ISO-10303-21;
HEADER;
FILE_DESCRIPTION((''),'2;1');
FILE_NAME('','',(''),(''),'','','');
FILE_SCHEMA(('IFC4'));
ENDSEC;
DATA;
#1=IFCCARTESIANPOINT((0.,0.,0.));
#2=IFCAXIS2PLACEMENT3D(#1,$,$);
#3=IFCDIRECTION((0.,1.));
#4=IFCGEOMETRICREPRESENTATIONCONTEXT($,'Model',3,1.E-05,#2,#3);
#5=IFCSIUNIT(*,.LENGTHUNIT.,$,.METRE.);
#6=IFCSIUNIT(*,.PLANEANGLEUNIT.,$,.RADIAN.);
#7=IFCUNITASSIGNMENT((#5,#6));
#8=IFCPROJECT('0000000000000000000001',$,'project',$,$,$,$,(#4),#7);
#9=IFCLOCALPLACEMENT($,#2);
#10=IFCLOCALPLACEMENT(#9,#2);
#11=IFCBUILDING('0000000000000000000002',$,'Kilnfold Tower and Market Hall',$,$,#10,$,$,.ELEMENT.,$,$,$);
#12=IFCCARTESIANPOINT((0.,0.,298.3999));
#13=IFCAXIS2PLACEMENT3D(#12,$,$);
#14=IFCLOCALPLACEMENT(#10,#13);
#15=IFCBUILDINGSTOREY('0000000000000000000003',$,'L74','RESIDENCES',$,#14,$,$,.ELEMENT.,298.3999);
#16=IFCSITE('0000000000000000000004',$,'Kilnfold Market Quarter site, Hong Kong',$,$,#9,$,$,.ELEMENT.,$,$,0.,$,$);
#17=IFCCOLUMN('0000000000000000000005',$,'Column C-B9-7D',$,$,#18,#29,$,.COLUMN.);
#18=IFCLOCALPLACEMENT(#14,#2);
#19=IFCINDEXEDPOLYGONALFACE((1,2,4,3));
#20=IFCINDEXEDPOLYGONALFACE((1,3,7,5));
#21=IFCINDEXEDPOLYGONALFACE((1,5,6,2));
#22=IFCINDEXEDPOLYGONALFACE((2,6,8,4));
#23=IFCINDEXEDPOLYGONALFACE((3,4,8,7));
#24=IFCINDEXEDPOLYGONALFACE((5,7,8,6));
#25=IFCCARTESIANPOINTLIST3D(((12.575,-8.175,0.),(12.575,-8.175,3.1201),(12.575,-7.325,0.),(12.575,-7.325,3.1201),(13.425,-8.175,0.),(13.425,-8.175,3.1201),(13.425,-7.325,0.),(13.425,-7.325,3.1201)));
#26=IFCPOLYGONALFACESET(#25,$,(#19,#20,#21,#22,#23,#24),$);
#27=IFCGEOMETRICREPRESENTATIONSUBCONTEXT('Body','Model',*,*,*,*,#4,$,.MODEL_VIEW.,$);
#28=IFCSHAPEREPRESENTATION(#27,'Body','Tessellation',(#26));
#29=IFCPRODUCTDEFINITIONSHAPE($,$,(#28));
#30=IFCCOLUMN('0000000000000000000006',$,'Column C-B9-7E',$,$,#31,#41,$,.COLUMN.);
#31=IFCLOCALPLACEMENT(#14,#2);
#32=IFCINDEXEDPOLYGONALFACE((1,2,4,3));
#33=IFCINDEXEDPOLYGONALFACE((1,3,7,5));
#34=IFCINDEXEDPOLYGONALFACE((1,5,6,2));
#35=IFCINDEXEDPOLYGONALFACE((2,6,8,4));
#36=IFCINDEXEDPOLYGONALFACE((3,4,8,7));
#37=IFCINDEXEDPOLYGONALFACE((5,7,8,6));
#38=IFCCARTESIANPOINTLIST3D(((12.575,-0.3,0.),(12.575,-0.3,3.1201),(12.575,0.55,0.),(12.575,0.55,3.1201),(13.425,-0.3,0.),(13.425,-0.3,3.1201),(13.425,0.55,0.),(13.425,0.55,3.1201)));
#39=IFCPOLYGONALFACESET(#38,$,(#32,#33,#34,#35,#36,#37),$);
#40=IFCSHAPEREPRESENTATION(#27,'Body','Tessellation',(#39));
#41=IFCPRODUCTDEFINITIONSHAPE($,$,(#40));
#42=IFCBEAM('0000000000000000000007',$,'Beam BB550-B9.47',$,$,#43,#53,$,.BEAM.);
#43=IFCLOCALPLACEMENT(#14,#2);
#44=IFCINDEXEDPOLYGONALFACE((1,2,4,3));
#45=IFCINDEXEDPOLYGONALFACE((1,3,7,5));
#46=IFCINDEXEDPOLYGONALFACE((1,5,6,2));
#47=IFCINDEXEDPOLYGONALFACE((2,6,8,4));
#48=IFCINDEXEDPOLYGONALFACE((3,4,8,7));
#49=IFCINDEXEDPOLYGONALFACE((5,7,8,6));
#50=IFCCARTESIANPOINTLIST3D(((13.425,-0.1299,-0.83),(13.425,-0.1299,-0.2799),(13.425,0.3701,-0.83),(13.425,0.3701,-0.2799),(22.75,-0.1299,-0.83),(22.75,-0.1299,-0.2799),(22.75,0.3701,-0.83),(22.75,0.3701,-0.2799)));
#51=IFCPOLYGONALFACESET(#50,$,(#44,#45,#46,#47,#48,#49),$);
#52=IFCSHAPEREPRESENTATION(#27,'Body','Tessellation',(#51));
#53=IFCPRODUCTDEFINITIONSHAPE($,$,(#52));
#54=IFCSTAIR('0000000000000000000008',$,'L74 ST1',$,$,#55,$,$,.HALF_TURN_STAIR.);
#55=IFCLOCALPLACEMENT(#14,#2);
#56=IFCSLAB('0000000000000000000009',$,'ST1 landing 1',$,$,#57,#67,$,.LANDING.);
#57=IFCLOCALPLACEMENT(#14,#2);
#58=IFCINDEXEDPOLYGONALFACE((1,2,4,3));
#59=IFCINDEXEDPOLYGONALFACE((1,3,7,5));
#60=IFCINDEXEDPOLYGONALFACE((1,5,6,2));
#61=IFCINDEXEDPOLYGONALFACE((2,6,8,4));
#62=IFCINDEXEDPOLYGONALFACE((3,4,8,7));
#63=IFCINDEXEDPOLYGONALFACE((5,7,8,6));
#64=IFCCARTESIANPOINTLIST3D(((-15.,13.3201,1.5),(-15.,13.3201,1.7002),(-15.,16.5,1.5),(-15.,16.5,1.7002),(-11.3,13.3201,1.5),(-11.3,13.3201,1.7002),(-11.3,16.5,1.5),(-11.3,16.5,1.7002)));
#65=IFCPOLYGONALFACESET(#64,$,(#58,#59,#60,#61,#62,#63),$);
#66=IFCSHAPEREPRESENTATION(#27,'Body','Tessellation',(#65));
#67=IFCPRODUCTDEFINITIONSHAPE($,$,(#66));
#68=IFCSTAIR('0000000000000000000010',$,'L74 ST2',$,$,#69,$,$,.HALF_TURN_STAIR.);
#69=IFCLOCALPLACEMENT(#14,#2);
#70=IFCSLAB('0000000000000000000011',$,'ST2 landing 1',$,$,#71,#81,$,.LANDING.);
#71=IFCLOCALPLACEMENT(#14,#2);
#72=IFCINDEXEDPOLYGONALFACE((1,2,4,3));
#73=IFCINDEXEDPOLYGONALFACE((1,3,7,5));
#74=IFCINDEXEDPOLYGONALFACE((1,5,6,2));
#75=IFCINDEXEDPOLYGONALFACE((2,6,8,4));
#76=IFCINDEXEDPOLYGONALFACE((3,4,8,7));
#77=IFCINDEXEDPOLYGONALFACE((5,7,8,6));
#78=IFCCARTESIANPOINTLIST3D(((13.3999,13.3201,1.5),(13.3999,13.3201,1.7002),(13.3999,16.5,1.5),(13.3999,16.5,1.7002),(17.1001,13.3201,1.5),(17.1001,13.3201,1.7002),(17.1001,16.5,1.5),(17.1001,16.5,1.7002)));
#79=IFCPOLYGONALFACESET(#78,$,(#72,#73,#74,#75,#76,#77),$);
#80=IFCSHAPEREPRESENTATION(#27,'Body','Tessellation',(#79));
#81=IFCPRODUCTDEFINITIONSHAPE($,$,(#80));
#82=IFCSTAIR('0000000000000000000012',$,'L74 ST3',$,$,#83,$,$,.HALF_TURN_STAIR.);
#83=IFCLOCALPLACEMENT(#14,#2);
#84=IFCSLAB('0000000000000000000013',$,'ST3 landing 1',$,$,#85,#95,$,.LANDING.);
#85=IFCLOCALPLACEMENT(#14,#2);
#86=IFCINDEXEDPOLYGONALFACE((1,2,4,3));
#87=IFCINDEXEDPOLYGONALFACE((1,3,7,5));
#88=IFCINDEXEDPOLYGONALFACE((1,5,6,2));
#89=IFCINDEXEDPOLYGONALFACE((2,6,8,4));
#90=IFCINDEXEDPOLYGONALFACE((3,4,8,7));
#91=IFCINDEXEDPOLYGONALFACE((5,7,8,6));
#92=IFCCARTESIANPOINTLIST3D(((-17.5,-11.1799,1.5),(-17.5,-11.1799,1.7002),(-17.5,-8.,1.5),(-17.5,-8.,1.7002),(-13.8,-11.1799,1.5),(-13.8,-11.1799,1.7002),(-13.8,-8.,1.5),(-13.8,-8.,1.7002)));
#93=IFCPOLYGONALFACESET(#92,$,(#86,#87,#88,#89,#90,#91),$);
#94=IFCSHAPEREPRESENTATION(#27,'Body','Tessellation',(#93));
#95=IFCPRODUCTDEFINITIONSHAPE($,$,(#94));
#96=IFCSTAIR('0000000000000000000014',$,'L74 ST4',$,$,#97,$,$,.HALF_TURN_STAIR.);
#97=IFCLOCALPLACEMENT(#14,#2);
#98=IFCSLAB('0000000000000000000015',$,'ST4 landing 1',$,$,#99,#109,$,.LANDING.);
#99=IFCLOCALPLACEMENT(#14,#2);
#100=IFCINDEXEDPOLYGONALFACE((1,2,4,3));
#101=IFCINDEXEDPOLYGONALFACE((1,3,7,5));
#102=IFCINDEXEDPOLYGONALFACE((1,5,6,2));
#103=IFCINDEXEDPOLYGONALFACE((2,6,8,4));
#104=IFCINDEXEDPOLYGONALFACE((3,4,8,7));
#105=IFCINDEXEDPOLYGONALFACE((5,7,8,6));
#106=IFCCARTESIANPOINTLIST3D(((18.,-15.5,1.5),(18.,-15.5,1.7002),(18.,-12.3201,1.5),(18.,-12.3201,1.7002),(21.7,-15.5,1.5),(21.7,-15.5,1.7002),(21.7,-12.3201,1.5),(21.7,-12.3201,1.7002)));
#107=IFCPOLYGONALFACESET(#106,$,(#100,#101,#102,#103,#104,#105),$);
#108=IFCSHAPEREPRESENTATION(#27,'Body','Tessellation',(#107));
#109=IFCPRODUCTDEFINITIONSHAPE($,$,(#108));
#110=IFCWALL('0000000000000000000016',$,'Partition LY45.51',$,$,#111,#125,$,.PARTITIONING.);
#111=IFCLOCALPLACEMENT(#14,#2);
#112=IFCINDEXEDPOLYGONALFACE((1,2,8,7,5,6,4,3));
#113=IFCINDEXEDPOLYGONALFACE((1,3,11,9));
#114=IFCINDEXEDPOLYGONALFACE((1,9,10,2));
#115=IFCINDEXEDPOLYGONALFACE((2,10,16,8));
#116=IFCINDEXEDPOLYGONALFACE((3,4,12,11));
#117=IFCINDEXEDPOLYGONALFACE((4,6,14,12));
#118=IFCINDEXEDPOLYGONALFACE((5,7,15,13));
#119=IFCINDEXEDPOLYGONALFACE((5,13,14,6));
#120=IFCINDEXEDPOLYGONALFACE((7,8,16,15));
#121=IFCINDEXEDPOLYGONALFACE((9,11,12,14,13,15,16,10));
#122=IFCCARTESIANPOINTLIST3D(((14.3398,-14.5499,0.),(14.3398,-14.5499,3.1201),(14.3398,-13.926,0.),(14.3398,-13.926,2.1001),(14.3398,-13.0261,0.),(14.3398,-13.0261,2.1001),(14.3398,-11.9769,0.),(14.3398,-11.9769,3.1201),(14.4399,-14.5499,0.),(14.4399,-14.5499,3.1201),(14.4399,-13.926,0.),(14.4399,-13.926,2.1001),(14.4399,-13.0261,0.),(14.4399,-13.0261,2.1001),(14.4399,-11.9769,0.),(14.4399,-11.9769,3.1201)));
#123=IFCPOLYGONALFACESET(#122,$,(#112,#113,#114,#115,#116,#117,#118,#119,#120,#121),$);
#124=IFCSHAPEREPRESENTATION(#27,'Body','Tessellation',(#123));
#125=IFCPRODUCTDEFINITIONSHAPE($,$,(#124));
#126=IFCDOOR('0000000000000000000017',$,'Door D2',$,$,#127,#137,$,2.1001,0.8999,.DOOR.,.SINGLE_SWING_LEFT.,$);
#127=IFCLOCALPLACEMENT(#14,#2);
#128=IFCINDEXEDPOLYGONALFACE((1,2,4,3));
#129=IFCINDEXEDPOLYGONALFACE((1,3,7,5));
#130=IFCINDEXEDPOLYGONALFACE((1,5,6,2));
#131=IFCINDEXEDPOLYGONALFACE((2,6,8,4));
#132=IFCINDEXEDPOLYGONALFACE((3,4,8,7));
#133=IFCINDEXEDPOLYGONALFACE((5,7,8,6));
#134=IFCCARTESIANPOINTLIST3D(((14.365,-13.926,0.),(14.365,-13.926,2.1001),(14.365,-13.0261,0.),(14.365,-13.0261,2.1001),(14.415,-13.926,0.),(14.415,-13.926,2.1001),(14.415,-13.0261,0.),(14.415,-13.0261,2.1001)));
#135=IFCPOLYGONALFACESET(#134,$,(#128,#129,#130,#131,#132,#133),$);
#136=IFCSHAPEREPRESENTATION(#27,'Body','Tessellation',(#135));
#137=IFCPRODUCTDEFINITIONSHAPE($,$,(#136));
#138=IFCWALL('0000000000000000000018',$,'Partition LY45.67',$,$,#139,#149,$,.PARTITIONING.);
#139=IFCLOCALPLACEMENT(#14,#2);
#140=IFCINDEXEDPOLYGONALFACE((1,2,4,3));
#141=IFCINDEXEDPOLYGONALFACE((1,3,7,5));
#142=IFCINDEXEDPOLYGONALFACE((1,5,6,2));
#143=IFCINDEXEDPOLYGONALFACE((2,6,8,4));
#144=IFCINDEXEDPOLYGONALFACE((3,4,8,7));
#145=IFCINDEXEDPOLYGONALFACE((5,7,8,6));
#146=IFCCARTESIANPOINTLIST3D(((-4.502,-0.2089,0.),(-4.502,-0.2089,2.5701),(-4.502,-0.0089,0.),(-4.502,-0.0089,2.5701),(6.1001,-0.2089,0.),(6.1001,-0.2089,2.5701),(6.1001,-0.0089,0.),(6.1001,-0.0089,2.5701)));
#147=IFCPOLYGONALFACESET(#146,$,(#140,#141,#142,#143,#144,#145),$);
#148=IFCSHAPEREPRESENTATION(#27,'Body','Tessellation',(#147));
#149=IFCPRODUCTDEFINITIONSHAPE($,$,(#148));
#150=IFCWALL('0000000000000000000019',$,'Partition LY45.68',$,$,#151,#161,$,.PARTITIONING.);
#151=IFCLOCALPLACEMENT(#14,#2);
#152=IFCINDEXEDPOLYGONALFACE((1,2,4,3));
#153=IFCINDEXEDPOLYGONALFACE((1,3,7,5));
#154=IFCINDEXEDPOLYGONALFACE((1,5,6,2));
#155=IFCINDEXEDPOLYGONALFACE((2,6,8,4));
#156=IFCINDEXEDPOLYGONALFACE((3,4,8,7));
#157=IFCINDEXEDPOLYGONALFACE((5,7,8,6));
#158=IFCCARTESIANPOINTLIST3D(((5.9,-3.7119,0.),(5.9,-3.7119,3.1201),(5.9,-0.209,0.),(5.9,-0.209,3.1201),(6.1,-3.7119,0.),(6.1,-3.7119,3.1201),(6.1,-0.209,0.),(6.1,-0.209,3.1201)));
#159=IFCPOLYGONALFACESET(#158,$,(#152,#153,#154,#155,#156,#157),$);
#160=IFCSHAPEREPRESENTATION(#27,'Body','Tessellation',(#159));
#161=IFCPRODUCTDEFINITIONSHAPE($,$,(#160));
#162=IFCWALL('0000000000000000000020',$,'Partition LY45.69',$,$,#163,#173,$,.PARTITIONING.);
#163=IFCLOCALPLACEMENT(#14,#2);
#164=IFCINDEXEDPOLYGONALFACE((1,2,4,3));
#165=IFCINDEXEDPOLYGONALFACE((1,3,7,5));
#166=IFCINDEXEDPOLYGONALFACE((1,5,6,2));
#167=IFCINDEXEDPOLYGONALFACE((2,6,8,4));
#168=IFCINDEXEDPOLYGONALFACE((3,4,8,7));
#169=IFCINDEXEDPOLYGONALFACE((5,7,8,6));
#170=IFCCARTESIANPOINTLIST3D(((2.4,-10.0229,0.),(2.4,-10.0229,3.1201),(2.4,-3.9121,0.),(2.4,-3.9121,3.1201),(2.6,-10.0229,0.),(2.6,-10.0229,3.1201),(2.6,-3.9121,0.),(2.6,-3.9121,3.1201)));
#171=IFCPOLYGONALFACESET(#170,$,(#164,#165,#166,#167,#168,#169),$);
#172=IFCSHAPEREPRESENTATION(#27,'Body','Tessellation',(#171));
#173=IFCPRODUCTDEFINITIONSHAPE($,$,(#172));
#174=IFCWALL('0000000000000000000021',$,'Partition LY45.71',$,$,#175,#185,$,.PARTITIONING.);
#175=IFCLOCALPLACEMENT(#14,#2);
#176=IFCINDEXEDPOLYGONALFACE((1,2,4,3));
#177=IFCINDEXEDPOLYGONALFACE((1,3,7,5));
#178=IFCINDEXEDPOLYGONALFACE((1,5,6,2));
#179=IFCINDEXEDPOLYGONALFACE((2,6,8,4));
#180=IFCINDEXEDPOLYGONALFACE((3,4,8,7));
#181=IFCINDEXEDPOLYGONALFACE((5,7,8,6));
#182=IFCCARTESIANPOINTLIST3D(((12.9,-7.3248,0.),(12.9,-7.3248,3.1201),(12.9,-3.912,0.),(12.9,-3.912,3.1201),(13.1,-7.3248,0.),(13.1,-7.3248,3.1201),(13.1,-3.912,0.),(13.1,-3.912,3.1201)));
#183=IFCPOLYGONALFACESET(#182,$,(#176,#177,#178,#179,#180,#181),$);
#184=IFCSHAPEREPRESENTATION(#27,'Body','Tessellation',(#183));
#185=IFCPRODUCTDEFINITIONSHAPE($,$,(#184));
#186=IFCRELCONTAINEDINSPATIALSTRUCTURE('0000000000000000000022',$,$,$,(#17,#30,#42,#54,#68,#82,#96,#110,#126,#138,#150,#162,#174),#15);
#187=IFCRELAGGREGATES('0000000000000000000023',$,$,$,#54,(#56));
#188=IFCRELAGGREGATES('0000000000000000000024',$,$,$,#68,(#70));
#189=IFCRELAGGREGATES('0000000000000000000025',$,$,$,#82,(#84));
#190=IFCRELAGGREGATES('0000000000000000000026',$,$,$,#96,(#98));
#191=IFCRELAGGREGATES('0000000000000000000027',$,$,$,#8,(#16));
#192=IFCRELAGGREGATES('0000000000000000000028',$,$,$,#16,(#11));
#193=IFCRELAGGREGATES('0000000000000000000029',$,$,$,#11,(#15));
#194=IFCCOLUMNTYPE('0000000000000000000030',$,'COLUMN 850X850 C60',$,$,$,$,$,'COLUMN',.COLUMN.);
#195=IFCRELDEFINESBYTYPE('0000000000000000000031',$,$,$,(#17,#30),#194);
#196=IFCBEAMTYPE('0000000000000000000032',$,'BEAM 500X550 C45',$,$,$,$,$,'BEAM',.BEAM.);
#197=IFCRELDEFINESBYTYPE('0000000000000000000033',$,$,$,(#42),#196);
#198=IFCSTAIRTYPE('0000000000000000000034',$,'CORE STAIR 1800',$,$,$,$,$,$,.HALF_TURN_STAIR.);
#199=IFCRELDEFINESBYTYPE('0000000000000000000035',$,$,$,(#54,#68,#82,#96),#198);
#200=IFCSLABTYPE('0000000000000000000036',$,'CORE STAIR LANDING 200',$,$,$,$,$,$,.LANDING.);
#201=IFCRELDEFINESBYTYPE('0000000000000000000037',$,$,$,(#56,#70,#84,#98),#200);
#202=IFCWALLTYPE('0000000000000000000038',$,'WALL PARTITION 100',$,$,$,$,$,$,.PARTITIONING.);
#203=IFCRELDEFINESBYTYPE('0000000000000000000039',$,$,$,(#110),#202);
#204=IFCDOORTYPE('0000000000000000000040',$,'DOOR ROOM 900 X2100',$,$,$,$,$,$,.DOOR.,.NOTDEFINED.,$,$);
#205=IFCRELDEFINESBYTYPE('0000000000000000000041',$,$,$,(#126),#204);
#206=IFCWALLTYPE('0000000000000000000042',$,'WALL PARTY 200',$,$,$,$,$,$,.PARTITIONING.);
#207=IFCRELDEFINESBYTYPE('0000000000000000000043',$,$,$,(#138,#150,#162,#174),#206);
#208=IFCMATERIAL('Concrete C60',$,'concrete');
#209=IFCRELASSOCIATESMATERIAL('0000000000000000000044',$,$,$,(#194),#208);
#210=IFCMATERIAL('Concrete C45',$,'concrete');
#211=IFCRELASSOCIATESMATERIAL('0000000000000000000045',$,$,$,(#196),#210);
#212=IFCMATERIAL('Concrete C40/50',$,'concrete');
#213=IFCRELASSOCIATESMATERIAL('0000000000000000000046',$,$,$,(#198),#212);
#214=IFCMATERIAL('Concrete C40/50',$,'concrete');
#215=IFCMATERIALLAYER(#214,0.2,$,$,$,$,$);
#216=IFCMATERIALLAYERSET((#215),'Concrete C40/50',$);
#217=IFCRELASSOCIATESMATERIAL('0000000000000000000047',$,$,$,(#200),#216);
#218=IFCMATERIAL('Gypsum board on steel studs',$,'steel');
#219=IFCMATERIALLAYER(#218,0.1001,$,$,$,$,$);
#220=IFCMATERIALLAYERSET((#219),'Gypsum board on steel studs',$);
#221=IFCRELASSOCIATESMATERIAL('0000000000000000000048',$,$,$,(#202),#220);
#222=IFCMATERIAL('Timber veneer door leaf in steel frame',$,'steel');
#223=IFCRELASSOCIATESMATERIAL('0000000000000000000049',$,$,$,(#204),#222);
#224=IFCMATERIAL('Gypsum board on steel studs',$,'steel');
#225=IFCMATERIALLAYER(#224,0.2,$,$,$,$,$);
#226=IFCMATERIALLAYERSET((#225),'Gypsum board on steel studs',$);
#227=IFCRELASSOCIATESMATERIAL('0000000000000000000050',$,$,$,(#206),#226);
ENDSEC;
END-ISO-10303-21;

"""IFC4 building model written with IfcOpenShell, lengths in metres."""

from ifc_helpers import new_model, si_unit, direction, frame, frame_2d, origin, origin_2d, place, context, subcontext, project, spatial, polyline, rectangle, outline, extrude, source, transform, mapped, material, layer, layer_set, material_profile, profile_set, type_object, element, fill, aggregate, save


model = new_model("IFC4")

# Units and contexts
model_context = context("Model", 3, precision=1e-05, world=origin(), true_north=direction((0.0, 1.0)))
body_context = subcontext(model_context, "Body", "Model", "MODEL_VIEW")
ifc_project = project(units=[si_unit("LENGTHUNIT", "METRE"), si_unit("PLANEANGLEUNIT", "RADIAN")], contexts=[model_context])

# Site, building, storey
site_placement = place(None, origin())
site = spatial("IfcSite", under=ifc_project, at=site_placement, Name="Kilnfold Market Quarter site, Hong Kong", CompositionType="ELEMENT", RefElevation=0.0)
building_placement = place(site_placement, origin())
building = spatial("IfcBuilding", under=site, at=building_placement, Name="Kilnfold Tower and Market Hall", CompositionType="ELEMENT")
storey_placement = place(building_placement, frame((0.0, 0.0, 298.3999)))
storey = spatial("IfcBuildingStorey", under=building, at=storey_placement, Name="L74", Description="RESIDENCES", CompositionType="ELEMENT", Elevation=298.3999)

# Columns
ifc_material_1 = material(Name="Concrete C60", Category="concrete")
ifc_material_profile_1 = material_profile(ifc_material_1, rectangle(XDim=0.8501, YDim=0.8501, at=origin_2d()), Name="RC 850x850")
ifc_profile_set_1 = profile_set([ifc_material_profile_1], Name="Concrete C60")
column_type = type_object("IfcColumnType", Name="COLUMN 850X850 C60", ElementType="COLUMN", PredefinedType="COLUMN", material=ifc_profile_set_1)
shared_shape_1 = source(origin(), body_context, "Body", "SweptSolid", [
    extrude(rectangle(XDim=0.8501, YDim=0.8501, at=origin_2d()), origin(), (0.0, 0.0, 1.0), 3.1201),
])
for number, where, z_axis, x_axis, name in (
    (1, (13.0, -7.75, 0.0), (0.0, 0.0, 1.0), (1.0, 0.0, 0.0), "Column C-B9-7D"),
    (2, (13.0, 0.125, 0.0), (0.0, 0.0, 1.0), (1.0, 0.0, 0.0), "Column C-B9-7E"),
):
    element("IfcColumn", number, at=place(storey_placement, frame(where, z_axis=z_axis, x_axis=x_axis)), inside=storey, type_object=column_type, Name=name, PredefinedType="COLUMN", context=body_context, shape_type="MappedRepresentation", body=[
        mapped(shared_shape_1, transform((0.0, 0.0, 0.0))),
    ])

# Beam
ifc_material_2 = material(Name="Concrete C45", Category="concrete")
ifc_material_profile_2 = material_profile(ifc_material_2, rectangle(XDim=0.5, YDim=0.55, at=origin_2d()), Name="RC 500x550")
ifc_profile_set_2 = profile_set([ifc_material_profile_2], Name="Concrete C45")
beam_type = type_object("IfcBeamType", Name="BEAM 500X550 C45", ElementType="BEAM", PredefinedType="BEAM", material=ifc_profile_set_2)
shared_shape_2 = source(origin(), body_context, "Body", "SweptSolid", [
    extrude(rectangle(XDim=0.5, YDim=0.55, at=origin_2d()), origin(), (0.0, 0.0, 1.0), 9.325),
])
beam_placement = place(storey_placement, frame((13.425, 0.1201, -0.5549), z_axis=(1.0, 0.0, 0.0), x_axis=(0.0, 1.0, 0.0)))
element("IfcBeam", 3, at=beam_placement, inside=storey, type_object=beam_type, Name="Beam BB550-B9.47", PredefinedType="BEAM", context=body_context, shape_type="MappedRepresentation", body=[
    mapped(shared_shape_2, transform((0.0, 0.0, 0.0))),
])

# Stairs, slabs
ifc_material_3 = material(Name="Concrete C40/50", Category="concrete")
stair_type = type_object("IfcStairType", Name="CORE STAIR 1800", PredefinedType="HALF_TURN_STAIR", material=ifc_material_3)
stair_1_placement = place(storey_placement, origin())
stair_1 = element("IfcStair", 4, at=stair_1_placement, inside=storey, type_object=stair_type, Name="L74 ST1", PredefinedType="HALF_TURN_STAIR")
ifc_material_4 = material(Name="Concrete C40/50", Category="concrete")
ifc_layer_1 = layer(ifc_material_4, 0.2)
ifc_layer_set_1 = layer_set([ifc_layer_1], Name="Concrete C40/50")
slab_type = type_object("IfcSlabType", Name="CORE STAIR LANDING 200", PredefinedType="LANDING", material=ifc_layer_set_1)
shared_shape_3 = source(origin(), body_context, "Body", "SweptSolid", [
    extrude(outline(polyline([(-11.3, 13.3201), (-11.3, 16.5), (-15.0, 16.5), (-15.0, 13.3201), (-11.3, 13.3201)])), origin(), (0.0, 0.0, 1.0), 0.2002),
])
slab_1_placement = place(storey_placement, frame((0.0, 0.0, 1.5)))
slab_1 = element("IfcSlab", 5, at=slab_1_placement, type_object=slab_type, Name="ST1 landing 1", PredefinedType="LANDING", context=body_context, shape_type="MappedRepresentation", body=[
    mapped(shared_shape_3, transform((0.0, 0.0, 0.0))),
])
aggregate(stair_1, [slab_1])
stair_2_placement = place(storey_placement, origin())
stair_2 = element("IfcStair", 6, at=stair_2_placement, inside=storey, type_object=stair_type, Name="L74 ST2", PredefinedType="HALF_TURN_STAIR")
shared_shape_4 = source(origin(), body_context, "Body", "SweptSolid", [
    extrude(outline(polyline([(17.1001, 13.3201), (17.1001, 16.5), (13.3999, 16.5), (13.3999, 13.3201), (17.1001, 13.3201)])), origin(), (0.0, 0.0, 1.0), 0.2002),
])
slab_2_placement = place(storey_placement, frame((0.0, 0.0, 1.5)))
slab_2 = element("IfcSlab", 7, at=slab_2_placement, type_object=slab_type, Name="ST2 landing 1", PredefinedType="LANDING", context=body_context, shape_type="MappedRepresentation", body=[
    mapped(shared_shape_4, transform((0.0, 0.0, 0.0))),
])
aggregate(stair_2, [slab_2])
stair_3_placement = place(storey_placement, origin())
stair_3 = element("IfcStair", 8, at=stair_3_placement, inside=storey, type_object=stair_type, Name="L74 ST3", PredefinedType="HALF_TURN_STAIR")
shared_shape_5 = source(origin(), body_context, "Body", "SweptSolid", [
    extrude(outline(polyline([(-13.8, -11.1799), (-13.8, -8.0), (-17.5, -8.0), (-17.5, -11.1799), (-13.8, -11.1799)])), origin(), (0.0, 0.0, 1.0), 0.2002),
])
slab_3_placement = place(storey_placement, frame((0.0, 0.0, 1.5)))
slab_3 = element("IfcSlab", 9, at=slab_3_placement, type_object=slab_type, Name="ST3 landing 1", PredefinedType="LANDING", context=body_context, shape_type="MappedRepresentation", body=[
    mapped(shared_shape_5, transform((0.0, 0.0, 0.0))),
])
aggregate(stair_3, [slab_3])
stair_4_placement = place(storey_placement, origin())
stair_4 = element("IfcStair", 10, at=stair_4_placement, inside=storey, type_object=stair_type, Name="L74 ST4", PredefinedType="HALF_TURN_STAIR")
shared_shape_6 = source(origin(), body_context, "Body", "SweptSolid", [
    extrude(outline(polyline([(18.0, -12.3201), (18.0, -15.5), (21.7, -15.5), (21.7, -12.3201), (18.0, -12.3201)])), origin(), (0.0, 0.0, 1.0), 0.2002),
])
slab_4_placement = place(storey_placement, frame((0.0, 0.0, 1.5)))
slab_4 = element("IfcSlab", 11, at=slab_4_placement, type_object=slab_type, Name="ST4 landing 1", PredefinedType="LANDING", context=body_context, shape_type="MappedRepresentation", body=[
    mapped(shared_shape_6, transform((0.0, 0.0, 0.0))),
])
aggregate(stair_4, [slab_4])

# Wall, opening, door
ifc_material_5 = material(Name="Gypsum board on steel studs", Category="steel")
ifc_layer_2 = layer(ifc_material_5, 0.1001)
ifc_layer_set_2 = layer_set([ifc_layer_2], Name="Gypsum board on steel studs")
wall_type_1 = type_object("IfcWallType", Name="WALL PARTITION 100", PredefinedType="PARTITIONING", material=ifc_layer_set_2)
wall_1_placement = place(storey_placement, frame((14.3899, -14.55, 0.0), z_axis=(0.0, 0.0, 1.0), x_axis=(0.0, 1.0, 0.0)))
wall_1 = element("IfcWall", 12, at=wall_1_placement, inside=storey, type_object=wall_type_1, Name="Partition LY45.51", PredefinedType="PARTITIONING", context=body_context, shape_type="SweptSolid", body=[
    extrude(rectangle(XDim=2.573, YDim=0.1001, at=frame_2d((1.2866, 0.0))), origin(), (0.0, 0.0, 1.0), 3.1201),
])
opening_placement = place(wall_1_placement, frame((0.624, 0.0, 0.0)))
opening = element("IfcOpeningElement", 13, at=opening_placement, cuts=wall_1, PredefinedType="OPENING", context=body_context, shape_type="SweptSolid", body=[
    extrude(rectangle(XDim=0.8999, YDim=2.1001, at=frame_2d((0.45, 1.05))), frame((0.0, 0.0601, 0.0), z_axis=(0.0, -1.0, 0.0), x_axis=(1.0, 0.0, 0.0)), (0.0, 0.0, 1.0), 0.1201),
])
ifc_material_6 = material(Name="Timber veneer door leaf in steel frame", Category="steel")
door_type = type_object("IfcDoorType", Name="DOOR ROOM 900 X2100", OperationType="NOTDEFINED", PredefinedType="DOOR", material=ifc_material_6)
door_placement = place(opening_placement, origin())
door = element("IfcDoor", 14, at=door_placement, inside=storey, type_object=door_type, Name="Door D2", OperationType="SINGLE_SWING_LEFT", OverallHeight=2.1001, OverallWidth=0.8999, PredefinedType="DOOR", context=body_context, shape_type="SweptSolid", body=[
    extrude(rectangle(XDim=0.8999, YDim=2.1001, at=frame_2d((0.45, 1.05))), frame((0.0, 0.0249, 0.0), z_axis=(0.0, -1.0, 0.0), x_axis=(1.0, 0.0, 0.0)), (0.0, 0.0, 1.0), 0.05),
])
fill(opening, door)

# Walls
ifc_material_7 = material(Name="Gypsum board on steel studs", Category="steel")
ifc_layer_3 = layer(ifc_material_7, 0.2)
ifc_layer_set_3 = layer_set([ifc_layer_3], Name="Gypsum board on steel studs")
wall_type_2 = type_object("IfcWallType", Name="WALL PARTY 200", PredefinedType="PARTITIONING", material=ifc_layer_set_3)
wall_2_placement = place(storey_placement, frame((6.1001, -0.1089, 0.0), z_axis=(0.0, 0.0, 1.0), x_axis=(-1.0, 0.0, 0.0)))
element("IfcWall", 15, at=wall_2_placement, inside=storey, type_object=wall_type_2, Name="Partition LY45.67", PredefinedType="PARTITIONING", context=body_context, shape_type="SweptSolid", body=[
    extrude(rectangle(XDim=10.6021, YDim=0.2, at=frame_2d((5.301, 0.0))), origin(), (0.0, 0.0, 1.0), 2.5701),
])
wall_3_placement = place(storey_placement, frame((6.0, -3.7119, 0.0), z_axis=(0.0, 0.0, 1.0), x_axis=(0.0, 1.0, 0.0)))
element("IfcWall", 16, at=wall_3_placement, inside=storey, type_object=wall_type_2, Name="Partition LY45.68", PredefinedType="PARTITIONING", context=body_context, shape_type="SweptSolid", body=[
    extrude(rectangle(XDim=3.5029, YDim=0.2, at=frame_2d((1.7515, 0.0))), origin(), (0.0, 0.0, 1.0), 3.1201),
])
wall_4_placement = place(storey_placement, frame((2.5, -10.0229, 0.0), z_axis=(0.0, 0.0, 1.0), x_axis=(0.0, 1.0, 0.0)))
element("IfcWall", 17, at=wall_4_placement, inside=storey, type_object=wall_type_2, Name="Partition LY45.69", PredefinedType="PARTITIONING", context=body_context, shape_type="SweptSolid", body=[
    extrude(rectangle(XDim=6.1108, YDim=0.2, at=frame_2d((3.0554, 0.0))), origin(), (0.0, 0.0, 1.0), 3.1201),
])
wall_5_placement = place(storey_placement, frame((13.0, -7.325, 0.0), z_axis=(0.0, 0.0, 1.0), x_axis=(0.0, 1.0, 0.0)))
element("IfcWall", 18, at=wall_5_placement, inside=storey, type_object=wall_type_2, Name="Partition LY45.71", PredefinedType="PARTITIONING", context=body_context, shape_type="SweptSolid", body=[
    extrude(rectangle(XDim=3.4128, YDim=0.2, at=frame_2d((1.7065, 0.0))), origin(), (0.0, 0.0, 1.0), 3.1201),
])

save(model, "model.ifc")
